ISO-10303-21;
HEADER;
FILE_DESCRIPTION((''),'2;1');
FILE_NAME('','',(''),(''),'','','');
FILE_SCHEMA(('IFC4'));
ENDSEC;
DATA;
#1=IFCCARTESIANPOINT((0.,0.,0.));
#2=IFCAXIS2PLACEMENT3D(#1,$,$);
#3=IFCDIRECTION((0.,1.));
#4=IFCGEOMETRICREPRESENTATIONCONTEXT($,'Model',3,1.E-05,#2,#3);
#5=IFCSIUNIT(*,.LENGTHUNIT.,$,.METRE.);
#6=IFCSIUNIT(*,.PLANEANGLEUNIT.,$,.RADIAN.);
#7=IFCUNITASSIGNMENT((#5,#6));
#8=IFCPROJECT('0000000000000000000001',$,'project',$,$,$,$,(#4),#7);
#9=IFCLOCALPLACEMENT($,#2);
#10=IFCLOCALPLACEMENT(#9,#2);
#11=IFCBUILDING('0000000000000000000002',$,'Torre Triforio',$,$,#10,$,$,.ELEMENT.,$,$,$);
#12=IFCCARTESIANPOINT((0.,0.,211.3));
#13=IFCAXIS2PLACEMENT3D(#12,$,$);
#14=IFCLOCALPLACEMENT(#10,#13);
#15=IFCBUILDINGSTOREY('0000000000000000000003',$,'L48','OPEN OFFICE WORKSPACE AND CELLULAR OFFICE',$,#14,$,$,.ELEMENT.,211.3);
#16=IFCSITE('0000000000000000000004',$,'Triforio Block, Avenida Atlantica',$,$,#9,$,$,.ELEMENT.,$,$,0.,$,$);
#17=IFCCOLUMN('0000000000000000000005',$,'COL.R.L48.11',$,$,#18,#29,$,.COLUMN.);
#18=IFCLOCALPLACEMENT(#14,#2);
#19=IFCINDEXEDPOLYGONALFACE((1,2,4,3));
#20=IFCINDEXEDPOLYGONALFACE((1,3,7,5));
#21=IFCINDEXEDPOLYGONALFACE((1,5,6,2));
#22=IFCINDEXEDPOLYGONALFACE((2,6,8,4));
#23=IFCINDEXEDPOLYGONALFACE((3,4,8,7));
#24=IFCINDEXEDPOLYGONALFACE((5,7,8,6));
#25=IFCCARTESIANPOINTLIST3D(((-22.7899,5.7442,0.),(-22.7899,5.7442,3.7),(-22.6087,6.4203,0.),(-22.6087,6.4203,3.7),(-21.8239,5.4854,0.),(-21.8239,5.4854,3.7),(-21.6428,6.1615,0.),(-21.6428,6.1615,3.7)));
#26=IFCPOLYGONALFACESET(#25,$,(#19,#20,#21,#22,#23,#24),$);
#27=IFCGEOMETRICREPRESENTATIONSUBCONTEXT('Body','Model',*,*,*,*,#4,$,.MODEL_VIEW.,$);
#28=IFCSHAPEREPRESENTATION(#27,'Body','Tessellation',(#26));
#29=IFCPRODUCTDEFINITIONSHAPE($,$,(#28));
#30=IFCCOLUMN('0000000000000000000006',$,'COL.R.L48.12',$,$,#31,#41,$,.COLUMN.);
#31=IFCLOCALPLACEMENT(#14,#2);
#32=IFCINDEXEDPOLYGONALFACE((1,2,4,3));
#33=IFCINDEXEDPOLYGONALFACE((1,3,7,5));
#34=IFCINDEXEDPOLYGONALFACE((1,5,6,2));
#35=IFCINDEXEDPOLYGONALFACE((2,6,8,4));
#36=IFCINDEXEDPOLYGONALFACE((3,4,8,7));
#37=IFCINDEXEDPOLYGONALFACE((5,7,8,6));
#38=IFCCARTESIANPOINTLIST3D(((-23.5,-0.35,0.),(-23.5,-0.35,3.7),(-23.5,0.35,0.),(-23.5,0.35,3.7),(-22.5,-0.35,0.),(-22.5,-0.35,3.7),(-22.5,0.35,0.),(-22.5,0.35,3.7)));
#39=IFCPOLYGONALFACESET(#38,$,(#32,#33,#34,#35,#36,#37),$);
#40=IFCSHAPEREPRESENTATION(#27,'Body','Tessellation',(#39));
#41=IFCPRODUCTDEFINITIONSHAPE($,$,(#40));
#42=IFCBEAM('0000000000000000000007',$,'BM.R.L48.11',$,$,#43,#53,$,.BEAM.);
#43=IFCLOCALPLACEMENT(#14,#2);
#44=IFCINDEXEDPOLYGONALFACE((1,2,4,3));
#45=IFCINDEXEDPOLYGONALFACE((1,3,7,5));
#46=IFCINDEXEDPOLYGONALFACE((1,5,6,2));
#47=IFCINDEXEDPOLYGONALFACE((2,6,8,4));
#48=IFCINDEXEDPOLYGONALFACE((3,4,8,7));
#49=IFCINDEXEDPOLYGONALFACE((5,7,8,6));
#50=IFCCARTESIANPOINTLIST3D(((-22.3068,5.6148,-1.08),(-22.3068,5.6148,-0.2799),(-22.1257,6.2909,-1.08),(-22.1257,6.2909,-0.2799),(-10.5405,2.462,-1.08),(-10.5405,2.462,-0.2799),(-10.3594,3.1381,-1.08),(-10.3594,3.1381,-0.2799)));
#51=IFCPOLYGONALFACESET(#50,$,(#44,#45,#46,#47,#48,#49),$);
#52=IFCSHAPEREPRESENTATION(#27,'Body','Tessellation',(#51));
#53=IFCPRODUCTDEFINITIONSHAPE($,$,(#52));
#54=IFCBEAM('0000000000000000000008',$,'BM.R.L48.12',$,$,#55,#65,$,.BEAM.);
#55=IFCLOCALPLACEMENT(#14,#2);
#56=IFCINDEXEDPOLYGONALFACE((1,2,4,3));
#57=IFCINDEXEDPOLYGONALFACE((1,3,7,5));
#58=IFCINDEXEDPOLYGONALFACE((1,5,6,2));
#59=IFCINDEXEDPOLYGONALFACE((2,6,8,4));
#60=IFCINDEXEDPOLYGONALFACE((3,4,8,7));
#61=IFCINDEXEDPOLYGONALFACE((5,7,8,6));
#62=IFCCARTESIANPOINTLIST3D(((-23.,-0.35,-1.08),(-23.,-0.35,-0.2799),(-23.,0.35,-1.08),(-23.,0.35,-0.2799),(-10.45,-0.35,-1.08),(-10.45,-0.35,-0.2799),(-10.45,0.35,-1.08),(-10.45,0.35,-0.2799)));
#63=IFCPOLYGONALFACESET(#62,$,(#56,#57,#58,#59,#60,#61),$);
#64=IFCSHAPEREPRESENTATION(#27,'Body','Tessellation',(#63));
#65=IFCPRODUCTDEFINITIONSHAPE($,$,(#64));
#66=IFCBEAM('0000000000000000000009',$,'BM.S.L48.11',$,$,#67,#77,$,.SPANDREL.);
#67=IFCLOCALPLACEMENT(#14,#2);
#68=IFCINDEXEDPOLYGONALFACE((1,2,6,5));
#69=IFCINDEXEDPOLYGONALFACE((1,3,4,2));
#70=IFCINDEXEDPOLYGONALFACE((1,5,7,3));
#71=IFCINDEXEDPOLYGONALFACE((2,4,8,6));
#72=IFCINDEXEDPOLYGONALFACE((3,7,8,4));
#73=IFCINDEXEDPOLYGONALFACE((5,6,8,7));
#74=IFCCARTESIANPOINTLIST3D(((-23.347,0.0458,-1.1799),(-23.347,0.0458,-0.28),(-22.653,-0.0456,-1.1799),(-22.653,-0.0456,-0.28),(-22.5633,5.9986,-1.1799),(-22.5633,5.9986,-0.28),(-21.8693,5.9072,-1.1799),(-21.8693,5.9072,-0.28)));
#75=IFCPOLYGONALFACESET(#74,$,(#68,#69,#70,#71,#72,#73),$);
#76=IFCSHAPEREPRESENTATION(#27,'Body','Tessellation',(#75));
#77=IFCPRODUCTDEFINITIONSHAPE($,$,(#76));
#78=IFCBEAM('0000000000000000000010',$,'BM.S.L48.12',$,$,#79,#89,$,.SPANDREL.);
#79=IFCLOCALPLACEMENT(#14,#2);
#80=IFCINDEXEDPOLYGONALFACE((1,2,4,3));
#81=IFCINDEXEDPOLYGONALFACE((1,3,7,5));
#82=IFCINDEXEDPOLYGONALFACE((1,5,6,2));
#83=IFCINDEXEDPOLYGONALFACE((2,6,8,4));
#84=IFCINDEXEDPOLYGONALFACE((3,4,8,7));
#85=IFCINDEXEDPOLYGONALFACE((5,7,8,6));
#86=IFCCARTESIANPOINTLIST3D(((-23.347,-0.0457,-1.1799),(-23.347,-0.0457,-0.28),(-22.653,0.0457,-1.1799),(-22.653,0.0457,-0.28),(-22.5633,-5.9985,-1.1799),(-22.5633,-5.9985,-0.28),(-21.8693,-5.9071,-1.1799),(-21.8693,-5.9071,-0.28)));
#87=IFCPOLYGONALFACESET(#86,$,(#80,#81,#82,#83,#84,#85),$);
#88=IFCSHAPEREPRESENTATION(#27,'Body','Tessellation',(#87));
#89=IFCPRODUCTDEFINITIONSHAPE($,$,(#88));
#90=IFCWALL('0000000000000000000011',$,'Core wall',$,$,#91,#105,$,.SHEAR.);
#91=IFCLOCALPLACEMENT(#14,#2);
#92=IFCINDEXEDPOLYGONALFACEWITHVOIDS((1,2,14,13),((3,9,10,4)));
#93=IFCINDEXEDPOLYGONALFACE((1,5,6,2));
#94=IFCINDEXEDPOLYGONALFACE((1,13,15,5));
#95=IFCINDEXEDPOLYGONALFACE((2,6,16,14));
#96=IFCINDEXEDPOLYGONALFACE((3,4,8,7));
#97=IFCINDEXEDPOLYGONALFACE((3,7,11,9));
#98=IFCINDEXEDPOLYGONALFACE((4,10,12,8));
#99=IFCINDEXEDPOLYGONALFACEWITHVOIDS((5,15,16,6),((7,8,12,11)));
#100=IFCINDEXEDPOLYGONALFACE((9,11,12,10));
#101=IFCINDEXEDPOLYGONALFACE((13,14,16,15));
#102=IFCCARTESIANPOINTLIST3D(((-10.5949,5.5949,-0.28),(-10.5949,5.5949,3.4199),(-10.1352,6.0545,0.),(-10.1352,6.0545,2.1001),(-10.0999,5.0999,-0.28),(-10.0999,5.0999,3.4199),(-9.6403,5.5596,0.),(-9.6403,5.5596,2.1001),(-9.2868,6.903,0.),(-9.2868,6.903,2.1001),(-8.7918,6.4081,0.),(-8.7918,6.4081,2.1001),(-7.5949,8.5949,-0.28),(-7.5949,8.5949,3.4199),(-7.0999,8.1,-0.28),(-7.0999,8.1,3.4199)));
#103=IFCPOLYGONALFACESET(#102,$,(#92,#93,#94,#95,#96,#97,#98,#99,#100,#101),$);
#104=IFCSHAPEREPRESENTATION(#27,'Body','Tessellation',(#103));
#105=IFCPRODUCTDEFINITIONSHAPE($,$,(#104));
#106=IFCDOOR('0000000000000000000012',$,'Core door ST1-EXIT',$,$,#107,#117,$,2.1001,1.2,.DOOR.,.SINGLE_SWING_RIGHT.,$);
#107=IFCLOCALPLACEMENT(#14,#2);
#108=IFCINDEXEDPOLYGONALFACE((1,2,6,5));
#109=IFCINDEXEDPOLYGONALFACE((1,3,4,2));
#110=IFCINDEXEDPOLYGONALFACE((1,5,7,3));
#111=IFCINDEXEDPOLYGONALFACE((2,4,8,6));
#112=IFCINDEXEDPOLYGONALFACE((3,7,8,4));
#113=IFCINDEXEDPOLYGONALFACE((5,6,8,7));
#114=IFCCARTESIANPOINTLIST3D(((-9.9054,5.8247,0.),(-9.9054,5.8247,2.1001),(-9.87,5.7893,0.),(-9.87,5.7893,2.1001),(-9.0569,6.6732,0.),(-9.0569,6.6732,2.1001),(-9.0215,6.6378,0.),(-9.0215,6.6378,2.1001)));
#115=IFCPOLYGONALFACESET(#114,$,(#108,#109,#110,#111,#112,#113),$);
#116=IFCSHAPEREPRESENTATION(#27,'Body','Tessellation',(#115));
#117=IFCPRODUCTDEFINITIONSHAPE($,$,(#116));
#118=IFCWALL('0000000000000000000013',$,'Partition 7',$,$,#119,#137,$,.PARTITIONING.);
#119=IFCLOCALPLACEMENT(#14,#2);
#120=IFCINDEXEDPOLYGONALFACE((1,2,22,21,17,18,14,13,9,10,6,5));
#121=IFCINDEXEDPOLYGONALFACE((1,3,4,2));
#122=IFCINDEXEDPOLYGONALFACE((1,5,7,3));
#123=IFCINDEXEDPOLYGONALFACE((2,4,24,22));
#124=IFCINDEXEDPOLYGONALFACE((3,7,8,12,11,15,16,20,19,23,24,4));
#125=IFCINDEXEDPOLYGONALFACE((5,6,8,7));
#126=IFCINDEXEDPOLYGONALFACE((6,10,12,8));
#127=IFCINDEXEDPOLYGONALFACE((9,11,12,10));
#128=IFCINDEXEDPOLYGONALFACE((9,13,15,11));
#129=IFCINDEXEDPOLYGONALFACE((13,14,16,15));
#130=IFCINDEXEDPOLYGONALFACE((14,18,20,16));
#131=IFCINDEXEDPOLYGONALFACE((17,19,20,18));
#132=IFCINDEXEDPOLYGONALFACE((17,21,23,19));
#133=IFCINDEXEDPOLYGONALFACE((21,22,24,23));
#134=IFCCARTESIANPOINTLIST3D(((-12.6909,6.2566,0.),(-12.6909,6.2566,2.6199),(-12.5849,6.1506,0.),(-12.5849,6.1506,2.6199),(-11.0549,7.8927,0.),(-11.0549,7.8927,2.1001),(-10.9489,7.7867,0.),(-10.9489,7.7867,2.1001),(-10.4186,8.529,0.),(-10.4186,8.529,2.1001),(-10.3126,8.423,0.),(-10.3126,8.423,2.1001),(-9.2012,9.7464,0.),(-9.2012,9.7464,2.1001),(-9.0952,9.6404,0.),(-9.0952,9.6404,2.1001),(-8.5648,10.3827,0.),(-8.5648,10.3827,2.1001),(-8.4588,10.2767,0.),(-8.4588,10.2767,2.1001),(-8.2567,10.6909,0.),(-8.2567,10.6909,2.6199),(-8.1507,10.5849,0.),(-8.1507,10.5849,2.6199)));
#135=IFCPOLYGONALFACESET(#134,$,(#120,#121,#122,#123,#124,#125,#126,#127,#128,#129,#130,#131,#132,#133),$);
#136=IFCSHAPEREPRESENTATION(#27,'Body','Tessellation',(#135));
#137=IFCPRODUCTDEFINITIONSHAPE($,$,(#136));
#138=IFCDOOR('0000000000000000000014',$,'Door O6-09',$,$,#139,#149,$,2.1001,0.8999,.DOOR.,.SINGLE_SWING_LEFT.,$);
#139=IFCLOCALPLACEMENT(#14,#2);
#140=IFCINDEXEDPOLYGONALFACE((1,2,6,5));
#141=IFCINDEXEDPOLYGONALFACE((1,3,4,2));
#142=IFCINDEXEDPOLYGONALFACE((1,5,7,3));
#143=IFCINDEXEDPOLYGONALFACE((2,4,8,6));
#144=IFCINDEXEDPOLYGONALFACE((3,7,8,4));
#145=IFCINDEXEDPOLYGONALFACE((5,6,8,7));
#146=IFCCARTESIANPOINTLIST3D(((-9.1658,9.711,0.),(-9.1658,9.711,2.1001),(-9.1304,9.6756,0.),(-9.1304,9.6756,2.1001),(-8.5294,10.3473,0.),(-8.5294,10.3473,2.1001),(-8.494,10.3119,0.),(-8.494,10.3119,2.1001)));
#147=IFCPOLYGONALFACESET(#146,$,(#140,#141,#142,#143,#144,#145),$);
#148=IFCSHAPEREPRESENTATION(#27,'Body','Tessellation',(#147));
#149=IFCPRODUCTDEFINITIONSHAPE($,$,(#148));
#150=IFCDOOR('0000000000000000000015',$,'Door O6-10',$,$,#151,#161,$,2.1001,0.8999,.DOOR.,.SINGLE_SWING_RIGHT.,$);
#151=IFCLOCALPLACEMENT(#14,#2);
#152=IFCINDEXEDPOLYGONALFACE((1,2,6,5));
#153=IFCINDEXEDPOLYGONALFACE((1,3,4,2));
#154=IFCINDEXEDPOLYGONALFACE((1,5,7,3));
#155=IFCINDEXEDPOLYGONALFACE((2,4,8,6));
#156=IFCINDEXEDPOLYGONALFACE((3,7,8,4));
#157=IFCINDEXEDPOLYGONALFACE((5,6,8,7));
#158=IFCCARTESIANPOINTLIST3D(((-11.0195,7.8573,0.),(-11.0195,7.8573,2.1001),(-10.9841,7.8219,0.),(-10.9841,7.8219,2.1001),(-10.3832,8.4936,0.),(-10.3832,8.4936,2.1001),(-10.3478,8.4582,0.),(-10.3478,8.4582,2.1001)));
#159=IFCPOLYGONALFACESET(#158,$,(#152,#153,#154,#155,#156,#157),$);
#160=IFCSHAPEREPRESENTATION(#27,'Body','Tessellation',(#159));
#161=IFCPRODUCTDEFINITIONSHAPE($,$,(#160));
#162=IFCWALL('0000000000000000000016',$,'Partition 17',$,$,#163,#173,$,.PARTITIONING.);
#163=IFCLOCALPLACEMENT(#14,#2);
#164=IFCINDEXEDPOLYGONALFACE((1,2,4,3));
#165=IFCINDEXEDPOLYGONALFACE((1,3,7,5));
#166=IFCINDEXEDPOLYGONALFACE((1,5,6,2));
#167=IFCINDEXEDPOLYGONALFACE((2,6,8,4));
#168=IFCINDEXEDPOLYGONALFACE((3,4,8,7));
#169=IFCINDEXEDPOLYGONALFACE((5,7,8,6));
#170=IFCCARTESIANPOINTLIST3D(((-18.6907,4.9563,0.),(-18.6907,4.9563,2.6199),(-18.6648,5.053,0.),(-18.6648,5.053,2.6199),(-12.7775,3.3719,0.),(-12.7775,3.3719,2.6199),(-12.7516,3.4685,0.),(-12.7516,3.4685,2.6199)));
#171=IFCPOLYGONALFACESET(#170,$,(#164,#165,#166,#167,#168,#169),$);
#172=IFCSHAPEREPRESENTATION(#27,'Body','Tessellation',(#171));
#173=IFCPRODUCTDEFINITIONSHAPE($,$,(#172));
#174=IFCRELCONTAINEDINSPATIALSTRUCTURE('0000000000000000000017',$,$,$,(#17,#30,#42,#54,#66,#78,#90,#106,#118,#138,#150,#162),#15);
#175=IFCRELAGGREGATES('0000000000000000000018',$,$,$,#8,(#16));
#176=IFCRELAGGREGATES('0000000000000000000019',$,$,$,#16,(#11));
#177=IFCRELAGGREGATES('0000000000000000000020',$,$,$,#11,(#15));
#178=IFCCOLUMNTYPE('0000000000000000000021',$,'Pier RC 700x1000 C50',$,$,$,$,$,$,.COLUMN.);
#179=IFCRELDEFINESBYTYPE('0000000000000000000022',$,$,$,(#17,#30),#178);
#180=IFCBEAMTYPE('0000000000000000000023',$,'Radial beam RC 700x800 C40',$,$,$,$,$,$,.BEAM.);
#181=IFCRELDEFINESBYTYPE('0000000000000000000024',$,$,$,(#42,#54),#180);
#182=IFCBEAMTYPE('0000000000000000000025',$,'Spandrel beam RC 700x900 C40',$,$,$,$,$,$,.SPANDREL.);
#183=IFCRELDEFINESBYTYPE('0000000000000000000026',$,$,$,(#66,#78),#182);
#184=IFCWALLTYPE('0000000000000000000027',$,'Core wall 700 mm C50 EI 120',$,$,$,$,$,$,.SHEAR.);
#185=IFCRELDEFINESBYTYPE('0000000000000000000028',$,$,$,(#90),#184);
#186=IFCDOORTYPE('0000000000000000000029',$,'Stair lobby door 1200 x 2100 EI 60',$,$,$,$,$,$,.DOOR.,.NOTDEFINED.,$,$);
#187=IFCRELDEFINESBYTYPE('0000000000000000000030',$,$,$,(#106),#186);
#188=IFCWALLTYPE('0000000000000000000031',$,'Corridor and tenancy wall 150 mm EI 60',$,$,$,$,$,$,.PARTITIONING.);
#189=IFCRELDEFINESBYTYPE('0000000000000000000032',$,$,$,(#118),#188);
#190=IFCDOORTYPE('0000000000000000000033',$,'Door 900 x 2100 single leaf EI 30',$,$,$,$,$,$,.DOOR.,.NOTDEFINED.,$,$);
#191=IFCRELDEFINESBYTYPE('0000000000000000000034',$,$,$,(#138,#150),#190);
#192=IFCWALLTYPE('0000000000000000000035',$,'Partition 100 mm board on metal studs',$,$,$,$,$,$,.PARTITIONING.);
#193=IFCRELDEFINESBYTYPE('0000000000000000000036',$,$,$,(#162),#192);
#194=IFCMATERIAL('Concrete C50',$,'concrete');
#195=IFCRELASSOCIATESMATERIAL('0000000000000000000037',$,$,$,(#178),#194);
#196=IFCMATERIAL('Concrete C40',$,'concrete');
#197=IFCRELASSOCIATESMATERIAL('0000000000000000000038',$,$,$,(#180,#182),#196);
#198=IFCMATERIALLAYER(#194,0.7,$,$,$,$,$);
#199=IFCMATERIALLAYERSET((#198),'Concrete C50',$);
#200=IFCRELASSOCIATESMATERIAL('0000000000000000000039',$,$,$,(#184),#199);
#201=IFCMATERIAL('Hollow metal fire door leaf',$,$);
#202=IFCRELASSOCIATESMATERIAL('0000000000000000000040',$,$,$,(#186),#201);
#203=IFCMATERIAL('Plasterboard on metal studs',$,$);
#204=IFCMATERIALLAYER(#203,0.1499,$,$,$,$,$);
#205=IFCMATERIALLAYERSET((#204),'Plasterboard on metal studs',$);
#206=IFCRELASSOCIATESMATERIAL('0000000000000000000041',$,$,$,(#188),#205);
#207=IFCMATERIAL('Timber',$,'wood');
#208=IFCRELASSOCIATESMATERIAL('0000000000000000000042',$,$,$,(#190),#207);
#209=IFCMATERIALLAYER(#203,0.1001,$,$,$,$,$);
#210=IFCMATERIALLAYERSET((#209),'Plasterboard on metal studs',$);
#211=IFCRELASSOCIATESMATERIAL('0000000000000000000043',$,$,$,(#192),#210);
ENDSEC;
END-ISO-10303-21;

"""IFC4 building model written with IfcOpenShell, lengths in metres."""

from ifc_helpers import new_model, si_unit, direction, frame, frame_2d, origin, origin_2d, place, context, subcontext, project, spatial, rectangle, extrude, material, layer, layer_set, material_profile, profile_set, type_object, element, fill, save


model = new_model("IFC4")

# Units and contexts
model_context = context("Model", 3, precision=1e-05, world=origin(), true_north=direction((0.0, 1.0)))
body_context = subcontext(model_context, "Body", "Model", "MODEL_VIEW")
ifc_project = project(units=[si_unit("LENGTHUNIT", "METRE"), si_unit("PLANEANGLEUNIT", "RADIAN")], contexts=[model_context])

# Site, building, storey
site_placement = place(None, origin())
site = spatial("IfcSite", under=ifc_project, at=site_placement, Name="Triforio Block, Avenida Atlantica", CompositionType="ELEMENT", RefElevation=0.0)
building_placement = place(site_placement, origin())
building = spatial("IfcBuilding", under=site, at=building_placement, Name="Torre Triforio", CompositionType="ELEMENT")
storey_placement = place(building_placement, frame((0.0, 0.0, 211.3)))
storey = spatial("IfcBuildingStorey", under=building, at=storey_placement, Name="L48", Description="OPEN OFFICE WORKSPACE AND CELLULAR OFFICE", CompositionType="ELEMENT", Elevation=211.3)

# Columns
ifc_material_1 = material(Name="Concrete C50", Category="concrete")
ifc_material_profile_1 = material_profile(ifc_material_1, rectangle(XDim=0.7, YDim=1.0, at=origin_2d()), Name="RC 700x1000")
ifc_profile_set_1 = profile_set([ifc_material_profile_1], Name="Concrete C50")
column_type = type_object("IfcColumnType", Name="Pier RC 700x1000 C50", PredefinedType="COLUMN", material=ifc_profile_set_1)
for number, where, z_axis, x_axis, name in (
    (1, (-22.2163, 5.9529, 0.0), (0.0, 0.0, 1.0), (-0.258819, -0.965926, 0.0), "COL.R.L48.11"),
    (2, (-23.0, 0.0, 0.0), (0.0, 0.0, 1.0), (0.0, -1.0, 0.0), "COL.R.L48.12"),
):
    element("IfcColumn", number, at=place(storey_placement, frame(where, z_axis=z_axis, x_axis=x_axis)), inside=storey, type_object=column_type, Name=name, PredefinedType="COLUMN", context=body_context, shape_type="SweptSolid", body=[
        extrude(rectangle(XDim=0.7, YDim=1.0, at=origin_2d()), origin(), (0.0, 0.0, 1.0), 3.7),
    ])

# Beams
ifc_material_2 = material(Name="Concrete C40", Category="concrete")
ifc_material_profile_2 = material_profile(ifc_material_2, rectangle(XDim=0.7, YDim=0.8, at=origin_2d()), Name="RC 700x800")
ifc_profile_set_2 = profile_set([ifc_material_profile_2], Name="Concrete C40")
beam_type_1 = type_object("IfcBeamType", Name="Radial beam RC 700x800 C40", PredefinedType="BEAM", material=ifc_profile_set_2)
beam_1_placement = place(storey_placement, frame((-10.45, 2.8, -0.6799), z_axis=(-0.965925, 0.258823, 0.0), x_axis=(-0.258823, -0.965925, 0.0)))
element("IfcBeam", 3, at=beam_1_placement, inside=storey, type_object=beam_type_1, Name="BM.R.L48.11", PredefinedType="BEAM", context=body_context, shape_type="SweptSolid", body=[
    extrude(rectangle(XDim=0.7, YDim=0.8, at=origin_2d()), origin(), (0.0, 0.0, 1.0), 12.1814),
])
beam_2_placement = place(storey_placement, frame((-10.45, 0.0, -0.6799), z_axis=(-1.0, 0.0, 0.0), x_axis=(0.0, -1.0, 0.0)))
element("IfcBeam", 4, at=beam_2_placement, inside=storey, type_object=beam_type_1, Name="BM.R.L48.12", PredefinedType="BEAM", context=body_context, shape_type="SweptSolid", body=[
    extrude(rectangle(XDim=0.7, YDim=0.8, at=origin_2d()), origin(), (0.0, 0.0, 1.0), 12.55),
])
ifc_material_profile_3 = material_profile(ifc_material_2, rectangle(XDim=0.7, YDim=0.8999, at=origin_2d()), Name="RC 700x900")
ifc_profile_set_3 = profile_set([ifc_material_profile_3], Name="Concrete C40")
beam_type_2 = type_object("IfcBeamType", Name="Spandrel beam RC 700x900 C40", PredefinedType="SPANDREL", material=ifc_profile_set_3)
for number, where, z_axis, x_axis, name in (
    (5, (-22.2163, 5.9529, -0.73), (-0.130523, -0.991445, 0.0), (0.991445, -0.130523, 0.0), "BM.S.L48.11"),
    (6, (-23.0, 0.0, -0.73), (0.130523, -0.991445, 0.0), (0.991445, 0.130523, 0.0), "BM.S.L48.12"),
):
    element("IfcBeam", number, at=place(storey_placement, frame(where, z_axis=z_axis, x_axis=x_axis)), inside=storey, type_object=beam_type_2, Name=name, PredefinedType="SPANDREL", context=body_context, shape_type="SweptSolid", body=[
        extrude(rectangle(XDim=0.7, YDim=0.8999, at=origin_2d()), origin(), (0.0, 0.0, 1.0), 6.0042),
    ])

# Wall, opening, door
ifc_layer_1 = layer(ifc_material_1, 0.7)
ifc_layer_set_1 = layer_set([ifc_layer_1], Name="Concrete C50")
wall_type_1 = type_object("IfcWallType", Name="Core wall 700 mm C50 EI 120", PredefinedType="SHEAR", material=ifc_layer_set_1)
wall_1_placement = place(storey_placement, frame((-10.3474, 5.3474, -0.28), z_axis=(0.0, 0.0, 1.0), x_axis=(0.707107, 0.707107, 0.0)))
wall_1 = element("IfcWall", 7, at=wall_1_placement, inside=storey, type_object=wall_type_1, Name="Core wall", PredefinedType="SHEAR", context=body_context, shape_type="SweptSolid", body=[
    extrude(rectangle(XDim=4.2427, YDim=0.7, at=frame_2d((2.1213, 0.0))), origin(), (0.0, 0.0, 1.0), 3.7),
])
opening_1_placement = place(wall_1_placement, frame((0.6499, 0.0, 0.28)))
opening_1 = element("IfcOpeningElement", 8, at=opening_1_placement, cuts=wall_1, PredefinedType="OPENING", context=body_context, shape_type="SweptSolid", body=[
    extrude(rectangle(XDim=1.2, YDim=2.1001, at=frame_2d((0.6001, 1.05))), frame((0.0, 0.3599, 0.0), z_axis=(0.0, -1.0, 0.0), x_axis=(1.0, 0.0, 0.0)), (0.0, 0.0, 1.0), 0.72),
])
ifc_material_3 = material(Name="Hollow metal fire door leaf")
door_type_1 = type_object("IfcDoorType", Name="Stair lobby door 1200 x 2100 EI 60", OperationType="NOTDEFINED", PredefinedType="DOOR", material=ifc_material_3)
door_1_placement = place(opening_1_placement, origin())
door_1 = element("IfcDoor", 9, at=door_1_placement, inside=storey, type_object=door_type_1, Name="Core door ST1-EXIT", OperationType="SINGLE_SWING_RIGHT", OverallHeight=2.1001, OverallWidth=1.2, PredefinedType="DOOR", context=body_context, shape_type="SweptSolid", body=[
    extrude(rectangle(XDim=1.2, YDim=2.1001, at=frame_2d((0.6001, 1.05))), frame((0.0, 0.0249, 0.0), z_axis=(0.0, -1.0, 0.0), x_axis=(1.0, 0.0, 0.0)), (0.0, 0.0, 1.0), 0.05),
])
fill(opening_1, door_1)

# Wall, openings, doors
ifc_material_4 = material(Name="Plasterboard on metal studs")
ifc_layer_2 = layer(ifc_material_4, 0.1499)
ifc_layer_set_2 = layer_set([ifc_layer_2], Name="Plasterboard on metal studs")
wall_type_2 = type_object("IfcWallType", Name="Corridor and tenancy wall 150 mm EI 60", PredefinedType="PARTITIONING", material=ifc_layer_set_2)
wall_2_placement = place(storey_placement, frame((-12.6379, 6.2036, 0.0), z_axis=(0.0, 0.0, 1.0), x_axis=(0.707107, 0.707107, 0.0)))
wall_2 = element("IfcWall", 10, at=wall_2_placement, inside=storey, type_object=wall_type_2, Name="Partition 7", PredefinedType="PARTITIONING", context=body_context, shape_type="SweptSolid", body=[
    extrude(rectangle(XDim=6.271, YDim=0.1499, at=frame_2d((3.1355, 0.0))), origin(), (0.0, 0.0, 1.0), 2.6199),
])
opening_2_placement = place(wall_2_placement, frame((4.9353, 0.0, 0.0)))
opening_2 = element("IfcOpeningElement", 11, at=opening_2_placement, cuts=wall_2, PredefinedType="OPENING", context=body_context, shape_type="SweptSolid", body=[
    extrude(rectangle(XDim=0.8999, YDim=2.1001, at=frame_2d((0.45, 1.05))), frame((0.0, 0.085, 0.0), z_axis=(0.0, -1.0, 0.0), x_axis=(1.0, 0.0, 0.0)), (0.0, 0.0, 1.0), 0.1699),
])
opening_3_placement = place(wall_2_placement, frame((2.3137, 0.0, 0.0)))
opening_3 = element("IfcOpeningElement", 12, at=opening_3_placement, cuts=wall_2, PredefinedType="OPENING", context=body_context, shape_type="SweptSolid", body=[
    extrude(rectangle(XDim=0.8999, YDim=2.1001, at=frame_2d((0.45, 1.05))), frame((0.0, 0.085, 0.0), z_axis=(0.0, -1.0, 0.0), x_axis=(1.0, 0.0, 0.0)), (0.0, 0.0, 1.0), 0.1699),
])
ifc_material_5 = material(Name="Timber", Category="wood")
door_type_2 = type_object("IfcDoorType", Name="Door 900 x 2100 single leaf EI 30", OperationType="NOTDEFINED", PredefinedType="DOOR", material=ifc_material_5)
door_2_placement = place(opening_2_placement, origin())
door_2 = element("IfcDoor", 13, at=door_2_placement, inside=storey, type_object=door_type_2, Name="Door O6-09", OperationType="SINGLE_SWING_LEFT", OverallHeight=2.1001, OverallWidth=0.8999, PredefinedType="DOOR", context=body_context, shape_type="SweptSolid", body=[
    extrude(rectangle(XDim=0.8999, YDim=2.1001, at=frame_2d((0.45, 1.05))), frame((0.0, 0.0249, 0.0), z_axis=(0.0, -1.0, 0.0), x_axis=(1.0, 0.0, 0.0)), (0.0, 0.0, 1.0), 0.05),
])
fill(opening_2, door_2)
door_3_placement = place(opening_3_placement, origin())
door_3 = element("IfcDoor", 14, at=door_3_placement, inside=storey, type_object=door_type_2, Name="Door O6-10", OperationType="SINGLE_SWING_RIGHT", OverallHeight=2.1001, OverallWidth=0.8999, PredefinedType="DOOR", context=body_context, shape_type="SweptSolid", body=[
    extrude(rectangle(XDim=0.8999, YDim=2.1001, at=frame_2d((0.45, 1.05))), frame((0.0, 0.0249, 0.0), z_axis=(0.0, -1.0, 0.0), x_axis=(1.0, 0.0, 0.0)), (0.0, 0.0, 1.0), 0.05),
])
fill(opening_3, door_3)

# Wall
ifc_layer_3 = layer(ifc_material_4, 0.1001)
ifc_layer_set_3 = layer_set([ifc_layer_3], Name="Plasterboard on metal studs")
wall_type_3 = type_object("IfcWallType", Name="Partition 100 mm board on metal studs", PredefinedType="PARTITIONING", material=ifc_layer_set_3)
wall_3_placement = place(storey_placement, frame((-12.7644, 3.4202, 0.0), z_axis=(0.0, 0.0, 1.0), x_axis=(-0.965926, 0.258819, 0.0)))
element("IfcWall", 15, at=wall_3_placement, inside=storey, type_object=wall_type_3, Name="Partition 17", PredefinedType="PARTITIONING", context=body_context, shape_type="SweptSolid", body=[
    extrude(rectangle(XDim=6.1218, YDim=0.1001, at=frame_2d((3.061, 0.0))), origin(), (0.0, 0.0, 1.0), 2.6199),
])

save(model, "model.ifc")
